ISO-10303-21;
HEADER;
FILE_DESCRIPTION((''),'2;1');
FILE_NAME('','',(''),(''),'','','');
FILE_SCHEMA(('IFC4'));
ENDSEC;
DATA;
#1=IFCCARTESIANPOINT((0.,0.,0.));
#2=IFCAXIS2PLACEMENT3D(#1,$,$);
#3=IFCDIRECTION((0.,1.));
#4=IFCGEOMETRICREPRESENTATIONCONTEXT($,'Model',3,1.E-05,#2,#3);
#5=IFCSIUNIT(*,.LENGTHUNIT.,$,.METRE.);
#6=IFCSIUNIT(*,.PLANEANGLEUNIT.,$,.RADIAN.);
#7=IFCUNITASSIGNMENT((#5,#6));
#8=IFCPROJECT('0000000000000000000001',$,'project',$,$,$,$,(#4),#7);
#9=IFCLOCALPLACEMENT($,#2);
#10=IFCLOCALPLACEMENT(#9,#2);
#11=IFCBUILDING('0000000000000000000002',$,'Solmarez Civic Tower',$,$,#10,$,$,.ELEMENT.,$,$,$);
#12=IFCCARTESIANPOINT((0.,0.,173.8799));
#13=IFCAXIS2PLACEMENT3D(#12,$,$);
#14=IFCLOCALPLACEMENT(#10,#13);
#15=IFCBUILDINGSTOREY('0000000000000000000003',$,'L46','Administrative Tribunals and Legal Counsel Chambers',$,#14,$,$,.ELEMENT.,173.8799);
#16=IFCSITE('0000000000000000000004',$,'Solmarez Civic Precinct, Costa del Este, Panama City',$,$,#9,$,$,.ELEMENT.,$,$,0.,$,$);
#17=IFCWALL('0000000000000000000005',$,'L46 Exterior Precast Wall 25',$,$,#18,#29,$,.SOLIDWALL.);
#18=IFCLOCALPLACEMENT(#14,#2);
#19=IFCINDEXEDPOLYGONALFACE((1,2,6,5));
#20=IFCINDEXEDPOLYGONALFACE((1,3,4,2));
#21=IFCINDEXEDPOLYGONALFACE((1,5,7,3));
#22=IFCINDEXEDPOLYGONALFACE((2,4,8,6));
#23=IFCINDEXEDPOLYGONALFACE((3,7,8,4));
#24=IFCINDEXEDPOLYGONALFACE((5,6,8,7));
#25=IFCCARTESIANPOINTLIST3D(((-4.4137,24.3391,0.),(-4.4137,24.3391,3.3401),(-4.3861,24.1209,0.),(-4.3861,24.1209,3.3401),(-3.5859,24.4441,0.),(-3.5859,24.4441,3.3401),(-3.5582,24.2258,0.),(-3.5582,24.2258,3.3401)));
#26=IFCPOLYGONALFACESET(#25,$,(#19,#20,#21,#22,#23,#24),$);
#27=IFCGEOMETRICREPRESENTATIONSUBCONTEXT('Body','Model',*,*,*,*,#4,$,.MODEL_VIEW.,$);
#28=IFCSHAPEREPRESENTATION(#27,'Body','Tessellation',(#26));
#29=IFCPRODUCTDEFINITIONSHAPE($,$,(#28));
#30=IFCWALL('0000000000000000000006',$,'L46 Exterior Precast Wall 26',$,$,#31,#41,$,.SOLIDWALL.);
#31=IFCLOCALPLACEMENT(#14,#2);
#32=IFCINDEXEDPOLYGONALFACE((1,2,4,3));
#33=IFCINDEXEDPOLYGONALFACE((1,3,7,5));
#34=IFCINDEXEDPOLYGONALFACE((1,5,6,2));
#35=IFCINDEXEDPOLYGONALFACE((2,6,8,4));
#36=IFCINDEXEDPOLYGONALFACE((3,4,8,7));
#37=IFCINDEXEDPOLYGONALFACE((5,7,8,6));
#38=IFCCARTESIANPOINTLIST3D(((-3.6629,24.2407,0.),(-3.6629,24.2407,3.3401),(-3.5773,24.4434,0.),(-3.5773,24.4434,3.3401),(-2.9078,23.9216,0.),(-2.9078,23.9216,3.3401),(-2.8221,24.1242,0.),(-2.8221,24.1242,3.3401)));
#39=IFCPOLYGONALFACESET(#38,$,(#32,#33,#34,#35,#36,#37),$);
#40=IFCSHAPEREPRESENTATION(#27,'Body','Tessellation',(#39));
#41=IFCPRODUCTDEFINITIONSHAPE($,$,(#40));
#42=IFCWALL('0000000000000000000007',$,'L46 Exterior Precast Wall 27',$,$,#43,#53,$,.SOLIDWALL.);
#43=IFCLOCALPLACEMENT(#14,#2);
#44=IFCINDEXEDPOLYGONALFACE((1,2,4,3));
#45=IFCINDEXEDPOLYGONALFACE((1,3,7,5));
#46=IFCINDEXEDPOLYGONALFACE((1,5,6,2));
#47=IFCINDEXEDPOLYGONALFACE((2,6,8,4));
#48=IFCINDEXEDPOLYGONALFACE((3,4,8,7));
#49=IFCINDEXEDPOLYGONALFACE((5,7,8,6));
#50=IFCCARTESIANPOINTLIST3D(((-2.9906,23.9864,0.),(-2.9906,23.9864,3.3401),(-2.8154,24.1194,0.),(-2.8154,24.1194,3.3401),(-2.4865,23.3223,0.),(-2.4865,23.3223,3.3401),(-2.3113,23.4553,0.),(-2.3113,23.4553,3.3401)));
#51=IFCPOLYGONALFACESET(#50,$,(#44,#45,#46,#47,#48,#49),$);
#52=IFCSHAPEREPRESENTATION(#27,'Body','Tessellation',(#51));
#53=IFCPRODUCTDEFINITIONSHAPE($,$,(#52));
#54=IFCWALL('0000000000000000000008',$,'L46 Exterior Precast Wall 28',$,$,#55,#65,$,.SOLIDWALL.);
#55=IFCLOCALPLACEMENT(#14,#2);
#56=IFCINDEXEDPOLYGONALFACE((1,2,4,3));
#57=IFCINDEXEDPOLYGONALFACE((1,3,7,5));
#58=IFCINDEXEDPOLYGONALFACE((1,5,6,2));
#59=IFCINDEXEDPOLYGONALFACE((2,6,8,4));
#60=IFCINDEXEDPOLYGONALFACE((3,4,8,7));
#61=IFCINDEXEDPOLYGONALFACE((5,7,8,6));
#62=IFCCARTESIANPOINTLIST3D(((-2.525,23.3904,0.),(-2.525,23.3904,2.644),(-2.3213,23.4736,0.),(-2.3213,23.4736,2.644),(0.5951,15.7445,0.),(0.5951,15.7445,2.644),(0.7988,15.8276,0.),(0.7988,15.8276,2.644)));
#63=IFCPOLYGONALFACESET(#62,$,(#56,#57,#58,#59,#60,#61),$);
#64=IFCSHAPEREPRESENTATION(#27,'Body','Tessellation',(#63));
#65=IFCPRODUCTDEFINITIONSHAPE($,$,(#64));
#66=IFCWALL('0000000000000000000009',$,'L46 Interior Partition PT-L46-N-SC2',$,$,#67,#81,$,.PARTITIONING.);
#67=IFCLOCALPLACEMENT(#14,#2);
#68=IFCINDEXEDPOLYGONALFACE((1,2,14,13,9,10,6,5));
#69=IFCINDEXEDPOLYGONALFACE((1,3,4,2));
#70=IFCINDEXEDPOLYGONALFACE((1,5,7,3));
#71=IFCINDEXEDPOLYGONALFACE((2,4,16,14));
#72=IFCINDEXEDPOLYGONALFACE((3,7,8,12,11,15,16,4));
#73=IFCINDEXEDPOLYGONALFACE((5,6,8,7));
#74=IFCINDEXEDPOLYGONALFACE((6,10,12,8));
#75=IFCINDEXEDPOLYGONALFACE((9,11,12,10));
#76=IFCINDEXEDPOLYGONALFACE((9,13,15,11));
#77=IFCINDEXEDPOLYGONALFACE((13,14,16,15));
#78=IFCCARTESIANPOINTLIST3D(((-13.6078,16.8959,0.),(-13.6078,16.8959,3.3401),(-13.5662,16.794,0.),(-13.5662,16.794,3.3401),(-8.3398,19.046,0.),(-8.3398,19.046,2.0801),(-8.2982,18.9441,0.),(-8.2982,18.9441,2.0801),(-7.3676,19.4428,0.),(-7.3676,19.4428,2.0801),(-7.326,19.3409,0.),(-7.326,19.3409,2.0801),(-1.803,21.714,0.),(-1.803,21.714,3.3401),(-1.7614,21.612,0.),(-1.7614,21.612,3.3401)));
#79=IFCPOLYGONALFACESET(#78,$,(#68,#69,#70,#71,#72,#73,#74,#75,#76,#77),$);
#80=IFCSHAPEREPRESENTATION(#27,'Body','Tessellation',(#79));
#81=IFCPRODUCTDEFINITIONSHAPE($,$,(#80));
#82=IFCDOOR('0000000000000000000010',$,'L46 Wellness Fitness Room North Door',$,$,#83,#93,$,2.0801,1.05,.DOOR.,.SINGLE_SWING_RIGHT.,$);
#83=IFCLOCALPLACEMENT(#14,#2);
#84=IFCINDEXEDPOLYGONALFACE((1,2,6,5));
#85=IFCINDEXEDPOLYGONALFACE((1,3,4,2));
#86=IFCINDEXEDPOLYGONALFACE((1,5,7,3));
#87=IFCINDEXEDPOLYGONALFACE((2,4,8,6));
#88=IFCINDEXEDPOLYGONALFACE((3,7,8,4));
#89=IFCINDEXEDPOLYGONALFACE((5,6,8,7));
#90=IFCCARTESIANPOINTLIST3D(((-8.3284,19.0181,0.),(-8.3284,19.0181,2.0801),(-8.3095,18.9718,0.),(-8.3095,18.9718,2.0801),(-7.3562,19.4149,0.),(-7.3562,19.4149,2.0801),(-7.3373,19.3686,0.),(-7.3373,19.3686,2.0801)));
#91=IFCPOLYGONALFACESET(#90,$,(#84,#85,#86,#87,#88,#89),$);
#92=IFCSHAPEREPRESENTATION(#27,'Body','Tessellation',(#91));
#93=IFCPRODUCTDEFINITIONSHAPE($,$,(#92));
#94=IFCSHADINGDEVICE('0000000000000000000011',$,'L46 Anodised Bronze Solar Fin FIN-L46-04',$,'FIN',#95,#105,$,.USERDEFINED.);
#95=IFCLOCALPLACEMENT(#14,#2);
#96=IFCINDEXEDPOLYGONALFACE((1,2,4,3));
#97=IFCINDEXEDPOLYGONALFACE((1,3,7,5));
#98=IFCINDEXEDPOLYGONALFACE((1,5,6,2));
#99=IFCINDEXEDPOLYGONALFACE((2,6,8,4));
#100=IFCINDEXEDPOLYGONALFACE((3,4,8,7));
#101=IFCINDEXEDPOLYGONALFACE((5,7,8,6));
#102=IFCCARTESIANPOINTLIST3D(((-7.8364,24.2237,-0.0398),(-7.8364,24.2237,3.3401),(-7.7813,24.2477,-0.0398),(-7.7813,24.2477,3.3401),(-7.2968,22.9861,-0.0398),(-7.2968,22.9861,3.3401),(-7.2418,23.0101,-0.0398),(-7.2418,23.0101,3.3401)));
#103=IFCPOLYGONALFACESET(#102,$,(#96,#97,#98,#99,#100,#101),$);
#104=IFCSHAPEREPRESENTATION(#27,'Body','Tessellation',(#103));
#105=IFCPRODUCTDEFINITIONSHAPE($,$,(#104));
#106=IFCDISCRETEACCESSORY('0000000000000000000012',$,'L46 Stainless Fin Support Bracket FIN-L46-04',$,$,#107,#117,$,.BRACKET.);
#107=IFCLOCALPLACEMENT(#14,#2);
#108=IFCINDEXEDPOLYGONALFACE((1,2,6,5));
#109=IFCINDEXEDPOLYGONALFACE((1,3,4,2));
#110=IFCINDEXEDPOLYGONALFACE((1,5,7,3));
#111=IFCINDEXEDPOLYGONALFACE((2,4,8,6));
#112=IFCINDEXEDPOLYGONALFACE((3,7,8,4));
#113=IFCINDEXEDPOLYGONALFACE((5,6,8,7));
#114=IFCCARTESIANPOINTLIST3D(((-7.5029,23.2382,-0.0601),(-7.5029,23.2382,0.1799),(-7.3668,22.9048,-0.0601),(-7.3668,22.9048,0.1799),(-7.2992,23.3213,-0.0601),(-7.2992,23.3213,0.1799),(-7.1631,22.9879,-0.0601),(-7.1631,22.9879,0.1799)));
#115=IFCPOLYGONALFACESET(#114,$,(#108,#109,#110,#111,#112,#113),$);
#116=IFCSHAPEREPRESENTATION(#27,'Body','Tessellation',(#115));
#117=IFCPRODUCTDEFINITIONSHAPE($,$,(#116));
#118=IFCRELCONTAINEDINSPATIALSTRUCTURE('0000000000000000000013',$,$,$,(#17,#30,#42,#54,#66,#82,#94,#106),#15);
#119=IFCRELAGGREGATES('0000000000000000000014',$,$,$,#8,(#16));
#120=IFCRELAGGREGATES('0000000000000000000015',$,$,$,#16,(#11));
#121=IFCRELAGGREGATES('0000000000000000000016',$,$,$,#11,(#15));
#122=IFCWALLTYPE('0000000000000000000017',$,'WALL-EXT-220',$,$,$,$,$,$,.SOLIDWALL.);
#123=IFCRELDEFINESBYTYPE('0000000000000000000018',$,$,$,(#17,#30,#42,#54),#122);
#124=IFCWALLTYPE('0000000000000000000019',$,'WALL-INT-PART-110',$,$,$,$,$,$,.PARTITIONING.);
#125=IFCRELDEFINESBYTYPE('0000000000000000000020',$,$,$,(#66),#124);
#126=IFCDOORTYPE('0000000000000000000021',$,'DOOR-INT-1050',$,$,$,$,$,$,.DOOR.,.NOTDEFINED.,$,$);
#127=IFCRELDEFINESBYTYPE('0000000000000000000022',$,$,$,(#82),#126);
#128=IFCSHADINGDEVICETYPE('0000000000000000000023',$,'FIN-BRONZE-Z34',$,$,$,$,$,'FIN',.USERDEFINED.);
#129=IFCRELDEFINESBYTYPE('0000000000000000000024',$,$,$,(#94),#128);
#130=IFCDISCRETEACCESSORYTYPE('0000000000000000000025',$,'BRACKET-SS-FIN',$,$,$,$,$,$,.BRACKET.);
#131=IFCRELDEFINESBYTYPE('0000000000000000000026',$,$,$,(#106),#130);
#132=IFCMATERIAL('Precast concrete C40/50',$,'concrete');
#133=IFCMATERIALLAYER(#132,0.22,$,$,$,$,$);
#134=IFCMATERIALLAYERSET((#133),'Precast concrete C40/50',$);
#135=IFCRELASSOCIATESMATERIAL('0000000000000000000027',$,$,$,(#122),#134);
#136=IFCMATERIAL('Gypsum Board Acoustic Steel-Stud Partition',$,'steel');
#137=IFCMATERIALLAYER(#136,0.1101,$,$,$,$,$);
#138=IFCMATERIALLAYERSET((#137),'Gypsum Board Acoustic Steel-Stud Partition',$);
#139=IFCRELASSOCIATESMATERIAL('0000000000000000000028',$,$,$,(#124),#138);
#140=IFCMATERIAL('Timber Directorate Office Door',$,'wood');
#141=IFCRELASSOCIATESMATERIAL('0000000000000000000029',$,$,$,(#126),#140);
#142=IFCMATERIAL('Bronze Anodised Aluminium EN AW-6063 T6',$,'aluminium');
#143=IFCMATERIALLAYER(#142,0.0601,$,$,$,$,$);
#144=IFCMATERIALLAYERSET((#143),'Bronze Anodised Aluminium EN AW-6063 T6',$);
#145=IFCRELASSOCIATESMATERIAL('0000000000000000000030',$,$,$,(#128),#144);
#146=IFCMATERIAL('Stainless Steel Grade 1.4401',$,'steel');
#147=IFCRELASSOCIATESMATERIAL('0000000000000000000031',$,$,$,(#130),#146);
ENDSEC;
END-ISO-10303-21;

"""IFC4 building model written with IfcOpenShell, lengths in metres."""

from ifc_helpers import new_model, si_unit, direction, frame, frame_2d, origin, origin_2d, place, context, subcontext, project, spatial, rectangle, extrude, material, layer, layer_set, type_object, element, fill, save


model = new_model("IFC4")

# Units and contexts
model_context = context("Model", 3, precision=1e-05, world=origin(), true_north=direction((0.0, 1.0)))
body_context = subcontext(model_context, "Body", "Model", "MODEL_VIEW")
ifc_project = project(units=[si_unit("LENGTHUNIT", "METRE"), si_unit("PLANEANGLEUNIT", "RADIAN")], contexts=[model_context])

# Site, building, storey
site_placement = place(None, origin())
site = spatial("IfcSite", under=ifc_project, at=site_placement, Name="Solmarez Civic Precinct, Costa del Este, Panama City", CompositionType="ELEMENT", RefElevation=0.0)
building_placement = place(site_placement, origin())
building = spatial("IfcBuilding", under=site, at=building_placement, Name="Solmarez Civic Tower", CompositionType="ELEMENT")
storey_placement = place(building_placement, frame((0.0, 0.0, 173.8799)))
storey = spatial("IfcBuildingStorey", under=building, at=storey_placement, Name="L46", Description="Administrative Tribunals and Legal Counsel Chambers", CompositionType="ELEMENT", Elevation=173.8799)

# Shared definitions
ifc_material_1 = material(Name="Precast concrete C40/50", Category="concrete")
ifc_layer_1 = layer(ifc_material_1, 0.22)
ifc_layer_set_1 = layer_set([ifc_layer_1], Name="Precast concrete C40/50")
wall_type_1 = type_object("IfcWallType", Name="WALL-EXT-220", PredefinedType="SOLIDWALL", material=ifc_layer_set_1)

# Walls
wall_1_placement = place(storey_placement, frame((-4.3999, 24.23, 0.0), z_axis=(0.0, 0.0, 1.0), x_axis=(0.992056, 0.125799, 0.0)))
element("IfcWall", 1, at=wall_1_placement, inside=storey, type_object=wall_type_1, Name="L46 Exterior Precast Wall 25", PredefinedType="SOLIDWALL", context=body_context, shape_type="SweptSolid", body=[
    extrude(rectangle(XDim=0.8345, YDim=0.22, at=frame_2d((0.4172, 0.0))), origin(), (0.0, 0.0, 1.0), 3.3401),
])
wall_2_placement = place(storey_placement, frame((-3.6201, 24.342, 0.0), z_axis=(0.0, 0.0, 1.0), x_axis=(0.921136, -0.389242, 0.0)))
element("IfcWall", 2, at=wall_2_placement, inside=storey, type_object=wall_type_1, Name="L46 Exterior Precast Wall 26", PredefinedType="SOLIDWALL", context=body_context, shape_type="SweptSolid", body=[
    extrude(rectangle(XDim=0.8198, YDim=0.22, at=frame_2d((0.4099, 0.0))), origin(), (0.0, 0.0, 1.0), 3.3401),
])
wall_3_placement = place(storey_placement, frame((-2.9031, 24.053, 0.0), z_axis=(0.0, 0.0, 1.0), x_axis=(0.604675, -0.796472, 0.0)))
element("IfcWall", 3, at=wall_3_placement, inside=storey, type_object=wall_type_1, Name="L46 Exterior Precast Wall 27", PredefinedType="SOLIDWALL", context=body_context, shape_type="SweptSolid", body=[
    extrude(rectangle(XDim=0.8337, YDim=0.22, at=frame_2d((0.417, 0.0))), origin(), (0.0, 0.0, 1.0), 3.3401),
])
wall_4_placement = place(storey_placement, frame((-2.4231, 23.4319, 0.0), z_axis=(0.0, 0.0, 1.0), x_axis=(0.377825, -0.925877, 0.0)))
element("IfcWall", 4, at=wall_4_placement, inside=storey, type_object=wall_type_1, Name="L46 Exterior Precast Wall 28", PredefinedType="SOLIDWALL", context=body_context, shape_type="SweptSolid", body=[
    extrude(rectangle(XDim=8.2581, YDim=0.22, at=frame_2d((4.1289, 0.0))), origin(), (0.0, 0.0, 1.0), 2.644),
])

# Wall, opening, door
ifc_material_2 = material(Name="Gypsum Board Acoustic Steel-Stud Partition", Category="steel")
ifc_layer_2 = layer(ifc_material_2, 0.1101)
ifc_layer_set_2 = layer_set([ifc_layer_2], Name="Gypsum Board Acoustic Steel-Stud Partition")
wall_type_2 = type_object("IfcWallType", Name="WALL-INT-PART-110", PredefinedType="PARTITIONING", material=ifc_layer_set_2)
wall_5_placement = place(storey_placement, frame((-13.5869, 16.845, 0.0), z_axis=(0.0, 0.0, 1.0), x_axis=(0.925854, 0.377882, 0.0)))
wall_5 = element("IfcWall", 5, at=wall_5_placement, inside=storey, type_object=wall_type_2, Name="L46 Interior Partition PT-L46-N-SC2", PredefinedType="PARTITIONING", context=body_context, shape_type="SweptSolid", body=[
    extrude(rectangle(XDim=12.7502, YDim=0.1101, at=frame_2d((6.375, 0.0))), origin(), (0.0, 0.0, 1.0), 3.3401),
])
opening_1_placement = place(wall_5_placement, frame((5.6899, 0.0, 0.0)))
opening_1 = element("IfcOpeningElement", 6, at=opening_1_placement, cuts=wall_5, PredefinedType="OPENING", context=body_context, shape_type="SweptSolid", body=[
    extrude(rectangle(XDim=1.05, YDim=2.0801, at=frame_2d((0.5249, 1.04))), frame((0.0, 0.0649, 0.0), z_axis=(0.0, -1.0, 0.0), x_axis=(1.0, 0.0, 0.0)), (0.0, 0.0, 1.0), 0.1301),
])
ifc_material_3 = material(Name="Timber Directorate Office Door", Category="wood")
door_type = type_object("IfcDoorType", Name="DOOR-INT-1050", OperationType="NOTDEFINED", PredefinedType="DOOR", material=ifc_material_3)
door_placement = place(opening_1_placement, origin())
door = element("IfcDoor", 7, at=door_placement, inside=storey, type_object=door_type, Name="L46 Wellness Fitness Room North Door", OperationType="SINGLE_SWING_RIGHT", OverallHeight=2.0801, OverallWidth=1.05, PredefinedType="DOOR", context=body_context, shape_type="SweptSolid", body=[
    extrude(rectangle(XDim=1.05, YDim=2.0801, at=frame_2d((0.5249, 1.04))), frame((0.0, 0.0249, 0.0), z_axis=(0.0, -1.0, 0.0), x_axis=(1.0, 0.0, 0.0)), (0.0, 0.0, 1.0), 0.05),
])
fill(opening_1, door)

# Shading device
ifc_material_4 = material(Name="Bronze Anodised Aluminium EN AW-6063 T6", Category="aluminium")
ifc_layer_3 = layer(ifc_material_4, 0.0601)
ifc_layer_set_3 = layer_set([ifc_layer_3], Name="Bronze Anodised Aluminium EN AW-6063 T6")
shading_device_type = type_object("IfcShadingDeviceType", Name="FIN-BRONZE-Z34", ElementType="FIN", PredefinedType="USERDEFINED", material=ifc_layer_set_3)
shading_device_placement = place(storey_placement, frame((-7.5391, 23.6169, -0.0398), z_axis=(0.0, 0.0, 1.0), x_axis=(-0.399645, 0.91667, 0.0)))
element("IfcShadingDevice", 8, at=shading_device_placement, inside=storey, type_object=shading_device_type, Name="L46 Anodised Bronze Solar Fin FIN-L46-04", ObjectType="FIN", PredefinedType="USERDEFINED", context=body_context, shape_type="SweptSolid", body=[
    extrude(rectangle(XDim=1.3501, YDim=0.0601, at=origin_2d()), origin(), (0.0, 0.0, 1.0), 3.3799),
])

# Discrete accessory
ifc_material_5 = material(Name="Stainless Steel Grade 1.4401", Category="steel")
discrete_accessory_type = type_object("IfcDiscreteAccessoryType", Name="BRACKET-SS-FIN", PredefinedType="BRACKET", material=ifc_material_5)
discrete_accessory_placement = place(storey_placement, frame((-7.333, 23.113, -0.0601), z_axis=(0.0, 0.0, 1.0), x_axis=(-0.377814, 0.925882, 0.0)))
element("IfcDiscreteAccessory", 9, at=discrete_accessory_placement, inside=storey, type_object=discrete_accessory_type, Name="L46 Stainless Fin Support Bracket FIN-L46-04", PredefinedType="BRACKET", context=body_context, shape_type="SweptSolid", body=[
    extrude(rectangle(XDim=0.3601, YDim=0.22, at=origin_2d()), origin(), (0.0, 0.0, 1.0), 0.24),
])

save(model, "model.ifc")
